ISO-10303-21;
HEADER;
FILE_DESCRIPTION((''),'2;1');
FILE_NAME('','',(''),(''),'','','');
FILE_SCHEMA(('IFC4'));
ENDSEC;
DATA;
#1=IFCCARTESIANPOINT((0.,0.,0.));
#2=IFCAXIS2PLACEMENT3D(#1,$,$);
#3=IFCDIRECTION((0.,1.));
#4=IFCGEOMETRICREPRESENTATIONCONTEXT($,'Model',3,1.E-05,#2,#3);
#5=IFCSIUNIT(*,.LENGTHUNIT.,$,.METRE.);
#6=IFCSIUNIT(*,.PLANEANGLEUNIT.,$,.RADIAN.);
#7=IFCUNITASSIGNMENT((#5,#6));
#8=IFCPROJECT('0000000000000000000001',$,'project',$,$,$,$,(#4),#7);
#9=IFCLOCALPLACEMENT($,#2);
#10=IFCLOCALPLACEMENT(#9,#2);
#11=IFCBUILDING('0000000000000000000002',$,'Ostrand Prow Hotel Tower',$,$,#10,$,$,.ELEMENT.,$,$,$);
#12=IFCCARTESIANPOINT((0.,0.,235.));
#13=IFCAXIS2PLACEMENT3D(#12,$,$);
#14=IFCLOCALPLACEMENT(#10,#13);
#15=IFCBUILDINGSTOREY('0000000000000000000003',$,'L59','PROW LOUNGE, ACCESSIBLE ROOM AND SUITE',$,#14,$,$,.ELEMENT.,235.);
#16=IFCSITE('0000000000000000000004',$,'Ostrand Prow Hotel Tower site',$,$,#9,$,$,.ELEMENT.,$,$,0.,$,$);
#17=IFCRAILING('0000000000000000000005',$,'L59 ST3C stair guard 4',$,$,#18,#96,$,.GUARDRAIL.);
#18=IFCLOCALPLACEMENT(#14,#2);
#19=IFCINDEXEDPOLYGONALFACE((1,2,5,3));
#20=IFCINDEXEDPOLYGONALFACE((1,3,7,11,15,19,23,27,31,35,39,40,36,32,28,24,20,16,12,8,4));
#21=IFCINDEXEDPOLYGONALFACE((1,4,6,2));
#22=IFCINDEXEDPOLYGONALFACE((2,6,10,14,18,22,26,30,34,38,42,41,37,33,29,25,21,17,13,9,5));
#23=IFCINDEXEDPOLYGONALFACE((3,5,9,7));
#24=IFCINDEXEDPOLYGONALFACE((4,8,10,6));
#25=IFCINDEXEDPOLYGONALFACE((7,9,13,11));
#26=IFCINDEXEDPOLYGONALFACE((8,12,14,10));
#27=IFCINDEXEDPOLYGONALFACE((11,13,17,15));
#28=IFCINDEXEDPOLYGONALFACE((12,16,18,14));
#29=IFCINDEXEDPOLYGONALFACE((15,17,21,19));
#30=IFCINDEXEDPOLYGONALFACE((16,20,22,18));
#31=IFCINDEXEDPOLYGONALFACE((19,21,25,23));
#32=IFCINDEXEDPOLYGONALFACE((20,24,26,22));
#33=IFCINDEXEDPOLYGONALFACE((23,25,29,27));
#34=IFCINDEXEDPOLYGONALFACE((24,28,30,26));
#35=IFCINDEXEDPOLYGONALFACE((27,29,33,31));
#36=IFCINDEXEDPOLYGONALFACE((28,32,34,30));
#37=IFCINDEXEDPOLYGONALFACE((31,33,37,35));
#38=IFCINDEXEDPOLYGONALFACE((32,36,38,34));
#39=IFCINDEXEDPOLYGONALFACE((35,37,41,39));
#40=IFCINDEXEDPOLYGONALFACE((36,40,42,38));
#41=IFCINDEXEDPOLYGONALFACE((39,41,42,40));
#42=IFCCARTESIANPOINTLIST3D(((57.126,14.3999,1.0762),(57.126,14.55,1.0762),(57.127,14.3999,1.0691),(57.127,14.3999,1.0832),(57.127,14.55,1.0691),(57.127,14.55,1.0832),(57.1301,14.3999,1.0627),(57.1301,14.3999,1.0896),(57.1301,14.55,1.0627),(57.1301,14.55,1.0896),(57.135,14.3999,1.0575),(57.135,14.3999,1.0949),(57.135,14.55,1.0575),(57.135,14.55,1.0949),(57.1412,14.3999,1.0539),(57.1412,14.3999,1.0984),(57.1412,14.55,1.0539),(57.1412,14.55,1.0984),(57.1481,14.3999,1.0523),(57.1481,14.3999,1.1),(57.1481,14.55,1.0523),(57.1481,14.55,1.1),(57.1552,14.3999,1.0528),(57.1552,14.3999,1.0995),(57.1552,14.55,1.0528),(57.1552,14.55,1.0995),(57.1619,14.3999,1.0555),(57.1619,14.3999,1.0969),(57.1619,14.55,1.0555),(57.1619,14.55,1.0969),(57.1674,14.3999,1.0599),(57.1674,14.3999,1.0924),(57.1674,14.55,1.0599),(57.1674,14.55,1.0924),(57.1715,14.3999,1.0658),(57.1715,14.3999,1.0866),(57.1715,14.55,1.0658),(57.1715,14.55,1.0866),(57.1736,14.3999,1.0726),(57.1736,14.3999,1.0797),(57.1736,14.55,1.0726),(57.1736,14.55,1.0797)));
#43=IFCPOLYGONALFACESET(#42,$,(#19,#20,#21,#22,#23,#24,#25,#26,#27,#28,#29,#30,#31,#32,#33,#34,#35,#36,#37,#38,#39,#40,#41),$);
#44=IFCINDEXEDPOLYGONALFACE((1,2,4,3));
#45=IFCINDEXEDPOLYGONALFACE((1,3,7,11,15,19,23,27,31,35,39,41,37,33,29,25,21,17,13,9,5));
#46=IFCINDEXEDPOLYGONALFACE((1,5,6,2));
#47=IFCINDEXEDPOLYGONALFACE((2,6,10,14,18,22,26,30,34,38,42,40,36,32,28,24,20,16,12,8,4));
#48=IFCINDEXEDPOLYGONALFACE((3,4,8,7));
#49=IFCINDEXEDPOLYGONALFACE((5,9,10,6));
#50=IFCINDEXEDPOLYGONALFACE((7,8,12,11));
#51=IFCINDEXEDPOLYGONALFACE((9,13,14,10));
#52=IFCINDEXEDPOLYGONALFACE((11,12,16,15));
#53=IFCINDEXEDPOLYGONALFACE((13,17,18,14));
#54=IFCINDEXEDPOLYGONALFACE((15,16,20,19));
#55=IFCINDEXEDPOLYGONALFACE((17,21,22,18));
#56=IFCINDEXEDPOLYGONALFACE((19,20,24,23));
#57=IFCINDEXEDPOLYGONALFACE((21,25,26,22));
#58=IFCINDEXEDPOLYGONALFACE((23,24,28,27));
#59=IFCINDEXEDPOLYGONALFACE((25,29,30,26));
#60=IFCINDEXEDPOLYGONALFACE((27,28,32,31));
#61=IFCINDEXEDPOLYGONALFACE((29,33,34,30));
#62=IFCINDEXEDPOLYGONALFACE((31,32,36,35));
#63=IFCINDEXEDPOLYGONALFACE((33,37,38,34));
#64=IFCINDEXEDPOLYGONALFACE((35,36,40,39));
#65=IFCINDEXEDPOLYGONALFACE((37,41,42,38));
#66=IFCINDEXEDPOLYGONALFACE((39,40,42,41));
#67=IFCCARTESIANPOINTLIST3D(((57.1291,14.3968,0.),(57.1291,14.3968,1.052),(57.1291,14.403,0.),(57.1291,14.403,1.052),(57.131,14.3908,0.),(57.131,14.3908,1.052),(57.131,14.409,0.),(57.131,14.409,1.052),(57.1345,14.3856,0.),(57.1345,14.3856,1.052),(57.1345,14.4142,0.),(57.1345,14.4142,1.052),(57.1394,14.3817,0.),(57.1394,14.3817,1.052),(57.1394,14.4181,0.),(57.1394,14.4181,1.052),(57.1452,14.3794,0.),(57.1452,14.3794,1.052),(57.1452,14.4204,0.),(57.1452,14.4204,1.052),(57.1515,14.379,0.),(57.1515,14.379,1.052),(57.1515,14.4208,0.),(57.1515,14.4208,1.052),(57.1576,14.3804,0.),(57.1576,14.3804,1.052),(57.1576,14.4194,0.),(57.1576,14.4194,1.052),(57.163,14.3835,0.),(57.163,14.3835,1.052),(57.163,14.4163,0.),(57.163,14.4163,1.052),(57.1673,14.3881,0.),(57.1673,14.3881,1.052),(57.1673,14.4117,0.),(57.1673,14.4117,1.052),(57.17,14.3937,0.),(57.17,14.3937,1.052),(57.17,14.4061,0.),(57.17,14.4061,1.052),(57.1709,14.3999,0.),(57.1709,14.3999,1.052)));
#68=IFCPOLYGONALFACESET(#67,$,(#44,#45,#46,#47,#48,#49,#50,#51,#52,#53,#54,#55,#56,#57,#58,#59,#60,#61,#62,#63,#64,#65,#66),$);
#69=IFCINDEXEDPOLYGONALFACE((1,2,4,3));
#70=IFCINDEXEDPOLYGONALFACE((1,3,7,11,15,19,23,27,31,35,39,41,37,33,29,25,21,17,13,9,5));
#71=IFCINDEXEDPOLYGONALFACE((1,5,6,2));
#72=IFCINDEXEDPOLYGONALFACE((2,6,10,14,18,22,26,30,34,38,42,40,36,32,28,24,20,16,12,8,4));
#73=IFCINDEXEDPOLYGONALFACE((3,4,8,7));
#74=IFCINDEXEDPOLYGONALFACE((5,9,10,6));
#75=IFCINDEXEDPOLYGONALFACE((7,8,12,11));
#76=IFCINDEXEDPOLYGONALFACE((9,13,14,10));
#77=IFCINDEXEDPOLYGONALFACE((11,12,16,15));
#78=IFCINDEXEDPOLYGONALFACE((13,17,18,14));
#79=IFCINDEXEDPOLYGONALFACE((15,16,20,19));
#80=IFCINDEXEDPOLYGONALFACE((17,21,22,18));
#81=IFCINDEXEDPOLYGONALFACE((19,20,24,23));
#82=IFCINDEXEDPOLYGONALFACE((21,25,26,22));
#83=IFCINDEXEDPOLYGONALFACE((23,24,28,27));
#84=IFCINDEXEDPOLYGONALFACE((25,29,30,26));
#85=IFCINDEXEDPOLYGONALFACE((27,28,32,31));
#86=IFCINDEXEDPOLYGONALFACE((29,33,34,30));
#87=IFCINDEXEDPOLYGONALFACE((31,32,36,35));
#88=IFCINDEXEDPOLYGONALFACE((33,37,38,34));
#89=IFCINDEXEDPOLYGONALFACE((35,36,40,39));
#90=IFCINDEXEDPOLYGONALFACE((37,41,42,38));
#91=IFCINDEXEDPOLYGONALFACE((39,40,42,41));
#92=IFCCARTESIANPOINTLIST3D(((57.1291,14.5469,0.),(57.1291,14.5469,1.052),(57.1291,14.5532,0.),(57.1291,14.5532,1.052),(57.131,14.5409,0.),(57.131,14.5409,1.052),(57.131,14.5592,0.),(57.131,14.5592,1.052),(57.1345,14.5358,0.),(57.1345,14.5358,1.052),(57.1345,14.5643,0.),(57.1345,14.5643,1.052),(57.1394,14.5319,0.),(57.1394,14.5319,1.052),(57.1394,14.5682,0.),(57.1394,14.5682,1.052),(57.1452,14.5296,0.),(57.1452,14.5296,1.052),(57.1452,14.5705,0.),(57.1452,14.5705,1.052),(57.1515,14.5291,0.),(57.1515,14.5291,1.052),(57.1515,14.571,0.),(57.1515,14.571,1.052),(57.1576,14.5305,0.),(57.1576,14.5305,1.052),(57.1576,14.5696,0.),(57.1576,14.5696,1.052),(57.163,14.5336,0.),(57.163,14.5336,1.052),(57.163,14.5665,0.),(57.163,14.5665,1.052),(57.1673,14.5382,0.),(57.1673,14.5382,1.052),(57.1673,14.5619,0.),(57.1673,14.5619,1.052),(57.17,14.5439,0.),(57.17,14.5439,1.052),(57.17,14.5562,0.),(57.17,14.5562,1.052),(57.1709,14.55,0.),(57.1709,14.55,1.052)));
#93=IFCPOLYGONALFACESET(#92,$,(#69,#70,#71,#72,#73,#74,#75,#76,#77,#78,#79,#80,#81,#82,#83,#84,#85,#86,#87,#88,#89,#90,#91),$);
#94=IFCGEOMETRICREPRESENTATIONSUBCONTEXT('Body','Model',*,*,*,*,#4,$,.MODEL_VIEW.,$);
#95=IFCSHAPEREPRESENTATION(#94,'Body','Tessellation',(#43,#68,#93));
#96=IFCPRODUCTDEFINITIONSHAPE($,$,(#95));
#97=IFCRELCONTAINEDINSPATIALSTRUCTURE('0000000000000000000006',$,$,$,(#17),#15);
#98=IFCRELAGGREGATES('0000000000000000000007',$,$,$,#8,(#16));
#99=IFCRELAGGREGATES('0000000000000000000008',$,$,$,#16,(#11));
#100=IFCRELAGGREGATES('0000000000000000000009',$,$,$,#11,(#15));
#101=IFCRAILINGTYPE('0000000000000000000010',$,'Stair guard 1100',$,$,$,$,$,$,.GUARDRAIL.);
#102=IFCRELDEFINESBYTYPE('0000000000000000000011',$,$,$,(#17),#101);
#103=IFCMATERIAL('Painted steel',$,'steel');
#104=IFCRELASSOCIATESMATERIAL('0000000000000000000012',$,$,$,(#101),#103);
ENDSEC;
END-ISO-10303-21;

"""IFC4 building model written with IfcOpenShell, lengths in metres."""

from ifc_helpers import new_model, si_unit, direction, frame, origin, origin_2d, place, context, subcontext, project, spatial, circle, extrude, material, type_object, element, save


model = new_model("IFC4")

# Units and contexts
model_context = context("Model", 3, precision=1e-05, world=origin(), true_north=direction((0.0, 1.0)))
body_context = subcontext(model_context, "Body", "Model", "MODEL_VIEW")
ifc_project = project(units=[si_unit("LENGTHUNIT", "METRE"), si_unit("PLANEANGLEUNIT", "RADIAN")], contexts=[model_context])

# Site, building, storey
site_placement = place(None, origin())
site = spatial("IfcSite", under=ifc_project, at=site_placement, Name="Ostrand Prow Hotel Tower site", CompositionType="ELEMENT", RefElevation=0.0)
building_placement = place(site_placement, origin())
building = spatial("IfcBuilding", under=site, at=building_placement, Name="Ostrand Prow Hotel Tower", CompositionType="ELEMENT")
storey_placement = place(building_placement, frame((0.0, 0.0, 235.0)))
storey = spatial("IfcBuildingStorey", under=building, at=storey_placement, Name="L59", Description="PROW LOUNGE, ACCESSIBLE ROOM AND SUITE", CompositionType="ELEMENT", Elevation=235.0)

# Railing
ifc_material_1 = material(Name="Painted steel", Category="steel")
railing_type_1 = type_object("IfcRailingType", Name="Stair guard 1100", PredefinedType="GUARDRAIL", material=ifc_material_1)
railing_1_placement = place(storey_placement, frame((57.1499, 14.3999, 0.0)))
element("IfcRailing", 1, at=railing_1_placement, inside=storey, type_object=railing_type_1, Name="L59 ST3C stair guard 4", PredefinedType="GUARDRAIL", context=body_context, shape_type="SweptSolid", body=[
    extrude(circle(Radius=0.0239, at=origin_2d()), frame((0.0, 0.0, 1.0762), z_axis=(0.0, 1.0, 0.0), x_axis=(-1.0, 0.0, 0.0)), (0.0, 0.0, 1.0), 0.1501),
    extrude(circle(Radius=0.021, at=origin_2d()), origin(), (0.0, 0.0, 1.0), 1.052),
    extrude(circle(Radius=0.021, at=origin_2d()), frame((0.0, 0.1501, 0.0)), (0.0, 0.0, 1.0), 1.052),
])

save(model, "model.ifc")
